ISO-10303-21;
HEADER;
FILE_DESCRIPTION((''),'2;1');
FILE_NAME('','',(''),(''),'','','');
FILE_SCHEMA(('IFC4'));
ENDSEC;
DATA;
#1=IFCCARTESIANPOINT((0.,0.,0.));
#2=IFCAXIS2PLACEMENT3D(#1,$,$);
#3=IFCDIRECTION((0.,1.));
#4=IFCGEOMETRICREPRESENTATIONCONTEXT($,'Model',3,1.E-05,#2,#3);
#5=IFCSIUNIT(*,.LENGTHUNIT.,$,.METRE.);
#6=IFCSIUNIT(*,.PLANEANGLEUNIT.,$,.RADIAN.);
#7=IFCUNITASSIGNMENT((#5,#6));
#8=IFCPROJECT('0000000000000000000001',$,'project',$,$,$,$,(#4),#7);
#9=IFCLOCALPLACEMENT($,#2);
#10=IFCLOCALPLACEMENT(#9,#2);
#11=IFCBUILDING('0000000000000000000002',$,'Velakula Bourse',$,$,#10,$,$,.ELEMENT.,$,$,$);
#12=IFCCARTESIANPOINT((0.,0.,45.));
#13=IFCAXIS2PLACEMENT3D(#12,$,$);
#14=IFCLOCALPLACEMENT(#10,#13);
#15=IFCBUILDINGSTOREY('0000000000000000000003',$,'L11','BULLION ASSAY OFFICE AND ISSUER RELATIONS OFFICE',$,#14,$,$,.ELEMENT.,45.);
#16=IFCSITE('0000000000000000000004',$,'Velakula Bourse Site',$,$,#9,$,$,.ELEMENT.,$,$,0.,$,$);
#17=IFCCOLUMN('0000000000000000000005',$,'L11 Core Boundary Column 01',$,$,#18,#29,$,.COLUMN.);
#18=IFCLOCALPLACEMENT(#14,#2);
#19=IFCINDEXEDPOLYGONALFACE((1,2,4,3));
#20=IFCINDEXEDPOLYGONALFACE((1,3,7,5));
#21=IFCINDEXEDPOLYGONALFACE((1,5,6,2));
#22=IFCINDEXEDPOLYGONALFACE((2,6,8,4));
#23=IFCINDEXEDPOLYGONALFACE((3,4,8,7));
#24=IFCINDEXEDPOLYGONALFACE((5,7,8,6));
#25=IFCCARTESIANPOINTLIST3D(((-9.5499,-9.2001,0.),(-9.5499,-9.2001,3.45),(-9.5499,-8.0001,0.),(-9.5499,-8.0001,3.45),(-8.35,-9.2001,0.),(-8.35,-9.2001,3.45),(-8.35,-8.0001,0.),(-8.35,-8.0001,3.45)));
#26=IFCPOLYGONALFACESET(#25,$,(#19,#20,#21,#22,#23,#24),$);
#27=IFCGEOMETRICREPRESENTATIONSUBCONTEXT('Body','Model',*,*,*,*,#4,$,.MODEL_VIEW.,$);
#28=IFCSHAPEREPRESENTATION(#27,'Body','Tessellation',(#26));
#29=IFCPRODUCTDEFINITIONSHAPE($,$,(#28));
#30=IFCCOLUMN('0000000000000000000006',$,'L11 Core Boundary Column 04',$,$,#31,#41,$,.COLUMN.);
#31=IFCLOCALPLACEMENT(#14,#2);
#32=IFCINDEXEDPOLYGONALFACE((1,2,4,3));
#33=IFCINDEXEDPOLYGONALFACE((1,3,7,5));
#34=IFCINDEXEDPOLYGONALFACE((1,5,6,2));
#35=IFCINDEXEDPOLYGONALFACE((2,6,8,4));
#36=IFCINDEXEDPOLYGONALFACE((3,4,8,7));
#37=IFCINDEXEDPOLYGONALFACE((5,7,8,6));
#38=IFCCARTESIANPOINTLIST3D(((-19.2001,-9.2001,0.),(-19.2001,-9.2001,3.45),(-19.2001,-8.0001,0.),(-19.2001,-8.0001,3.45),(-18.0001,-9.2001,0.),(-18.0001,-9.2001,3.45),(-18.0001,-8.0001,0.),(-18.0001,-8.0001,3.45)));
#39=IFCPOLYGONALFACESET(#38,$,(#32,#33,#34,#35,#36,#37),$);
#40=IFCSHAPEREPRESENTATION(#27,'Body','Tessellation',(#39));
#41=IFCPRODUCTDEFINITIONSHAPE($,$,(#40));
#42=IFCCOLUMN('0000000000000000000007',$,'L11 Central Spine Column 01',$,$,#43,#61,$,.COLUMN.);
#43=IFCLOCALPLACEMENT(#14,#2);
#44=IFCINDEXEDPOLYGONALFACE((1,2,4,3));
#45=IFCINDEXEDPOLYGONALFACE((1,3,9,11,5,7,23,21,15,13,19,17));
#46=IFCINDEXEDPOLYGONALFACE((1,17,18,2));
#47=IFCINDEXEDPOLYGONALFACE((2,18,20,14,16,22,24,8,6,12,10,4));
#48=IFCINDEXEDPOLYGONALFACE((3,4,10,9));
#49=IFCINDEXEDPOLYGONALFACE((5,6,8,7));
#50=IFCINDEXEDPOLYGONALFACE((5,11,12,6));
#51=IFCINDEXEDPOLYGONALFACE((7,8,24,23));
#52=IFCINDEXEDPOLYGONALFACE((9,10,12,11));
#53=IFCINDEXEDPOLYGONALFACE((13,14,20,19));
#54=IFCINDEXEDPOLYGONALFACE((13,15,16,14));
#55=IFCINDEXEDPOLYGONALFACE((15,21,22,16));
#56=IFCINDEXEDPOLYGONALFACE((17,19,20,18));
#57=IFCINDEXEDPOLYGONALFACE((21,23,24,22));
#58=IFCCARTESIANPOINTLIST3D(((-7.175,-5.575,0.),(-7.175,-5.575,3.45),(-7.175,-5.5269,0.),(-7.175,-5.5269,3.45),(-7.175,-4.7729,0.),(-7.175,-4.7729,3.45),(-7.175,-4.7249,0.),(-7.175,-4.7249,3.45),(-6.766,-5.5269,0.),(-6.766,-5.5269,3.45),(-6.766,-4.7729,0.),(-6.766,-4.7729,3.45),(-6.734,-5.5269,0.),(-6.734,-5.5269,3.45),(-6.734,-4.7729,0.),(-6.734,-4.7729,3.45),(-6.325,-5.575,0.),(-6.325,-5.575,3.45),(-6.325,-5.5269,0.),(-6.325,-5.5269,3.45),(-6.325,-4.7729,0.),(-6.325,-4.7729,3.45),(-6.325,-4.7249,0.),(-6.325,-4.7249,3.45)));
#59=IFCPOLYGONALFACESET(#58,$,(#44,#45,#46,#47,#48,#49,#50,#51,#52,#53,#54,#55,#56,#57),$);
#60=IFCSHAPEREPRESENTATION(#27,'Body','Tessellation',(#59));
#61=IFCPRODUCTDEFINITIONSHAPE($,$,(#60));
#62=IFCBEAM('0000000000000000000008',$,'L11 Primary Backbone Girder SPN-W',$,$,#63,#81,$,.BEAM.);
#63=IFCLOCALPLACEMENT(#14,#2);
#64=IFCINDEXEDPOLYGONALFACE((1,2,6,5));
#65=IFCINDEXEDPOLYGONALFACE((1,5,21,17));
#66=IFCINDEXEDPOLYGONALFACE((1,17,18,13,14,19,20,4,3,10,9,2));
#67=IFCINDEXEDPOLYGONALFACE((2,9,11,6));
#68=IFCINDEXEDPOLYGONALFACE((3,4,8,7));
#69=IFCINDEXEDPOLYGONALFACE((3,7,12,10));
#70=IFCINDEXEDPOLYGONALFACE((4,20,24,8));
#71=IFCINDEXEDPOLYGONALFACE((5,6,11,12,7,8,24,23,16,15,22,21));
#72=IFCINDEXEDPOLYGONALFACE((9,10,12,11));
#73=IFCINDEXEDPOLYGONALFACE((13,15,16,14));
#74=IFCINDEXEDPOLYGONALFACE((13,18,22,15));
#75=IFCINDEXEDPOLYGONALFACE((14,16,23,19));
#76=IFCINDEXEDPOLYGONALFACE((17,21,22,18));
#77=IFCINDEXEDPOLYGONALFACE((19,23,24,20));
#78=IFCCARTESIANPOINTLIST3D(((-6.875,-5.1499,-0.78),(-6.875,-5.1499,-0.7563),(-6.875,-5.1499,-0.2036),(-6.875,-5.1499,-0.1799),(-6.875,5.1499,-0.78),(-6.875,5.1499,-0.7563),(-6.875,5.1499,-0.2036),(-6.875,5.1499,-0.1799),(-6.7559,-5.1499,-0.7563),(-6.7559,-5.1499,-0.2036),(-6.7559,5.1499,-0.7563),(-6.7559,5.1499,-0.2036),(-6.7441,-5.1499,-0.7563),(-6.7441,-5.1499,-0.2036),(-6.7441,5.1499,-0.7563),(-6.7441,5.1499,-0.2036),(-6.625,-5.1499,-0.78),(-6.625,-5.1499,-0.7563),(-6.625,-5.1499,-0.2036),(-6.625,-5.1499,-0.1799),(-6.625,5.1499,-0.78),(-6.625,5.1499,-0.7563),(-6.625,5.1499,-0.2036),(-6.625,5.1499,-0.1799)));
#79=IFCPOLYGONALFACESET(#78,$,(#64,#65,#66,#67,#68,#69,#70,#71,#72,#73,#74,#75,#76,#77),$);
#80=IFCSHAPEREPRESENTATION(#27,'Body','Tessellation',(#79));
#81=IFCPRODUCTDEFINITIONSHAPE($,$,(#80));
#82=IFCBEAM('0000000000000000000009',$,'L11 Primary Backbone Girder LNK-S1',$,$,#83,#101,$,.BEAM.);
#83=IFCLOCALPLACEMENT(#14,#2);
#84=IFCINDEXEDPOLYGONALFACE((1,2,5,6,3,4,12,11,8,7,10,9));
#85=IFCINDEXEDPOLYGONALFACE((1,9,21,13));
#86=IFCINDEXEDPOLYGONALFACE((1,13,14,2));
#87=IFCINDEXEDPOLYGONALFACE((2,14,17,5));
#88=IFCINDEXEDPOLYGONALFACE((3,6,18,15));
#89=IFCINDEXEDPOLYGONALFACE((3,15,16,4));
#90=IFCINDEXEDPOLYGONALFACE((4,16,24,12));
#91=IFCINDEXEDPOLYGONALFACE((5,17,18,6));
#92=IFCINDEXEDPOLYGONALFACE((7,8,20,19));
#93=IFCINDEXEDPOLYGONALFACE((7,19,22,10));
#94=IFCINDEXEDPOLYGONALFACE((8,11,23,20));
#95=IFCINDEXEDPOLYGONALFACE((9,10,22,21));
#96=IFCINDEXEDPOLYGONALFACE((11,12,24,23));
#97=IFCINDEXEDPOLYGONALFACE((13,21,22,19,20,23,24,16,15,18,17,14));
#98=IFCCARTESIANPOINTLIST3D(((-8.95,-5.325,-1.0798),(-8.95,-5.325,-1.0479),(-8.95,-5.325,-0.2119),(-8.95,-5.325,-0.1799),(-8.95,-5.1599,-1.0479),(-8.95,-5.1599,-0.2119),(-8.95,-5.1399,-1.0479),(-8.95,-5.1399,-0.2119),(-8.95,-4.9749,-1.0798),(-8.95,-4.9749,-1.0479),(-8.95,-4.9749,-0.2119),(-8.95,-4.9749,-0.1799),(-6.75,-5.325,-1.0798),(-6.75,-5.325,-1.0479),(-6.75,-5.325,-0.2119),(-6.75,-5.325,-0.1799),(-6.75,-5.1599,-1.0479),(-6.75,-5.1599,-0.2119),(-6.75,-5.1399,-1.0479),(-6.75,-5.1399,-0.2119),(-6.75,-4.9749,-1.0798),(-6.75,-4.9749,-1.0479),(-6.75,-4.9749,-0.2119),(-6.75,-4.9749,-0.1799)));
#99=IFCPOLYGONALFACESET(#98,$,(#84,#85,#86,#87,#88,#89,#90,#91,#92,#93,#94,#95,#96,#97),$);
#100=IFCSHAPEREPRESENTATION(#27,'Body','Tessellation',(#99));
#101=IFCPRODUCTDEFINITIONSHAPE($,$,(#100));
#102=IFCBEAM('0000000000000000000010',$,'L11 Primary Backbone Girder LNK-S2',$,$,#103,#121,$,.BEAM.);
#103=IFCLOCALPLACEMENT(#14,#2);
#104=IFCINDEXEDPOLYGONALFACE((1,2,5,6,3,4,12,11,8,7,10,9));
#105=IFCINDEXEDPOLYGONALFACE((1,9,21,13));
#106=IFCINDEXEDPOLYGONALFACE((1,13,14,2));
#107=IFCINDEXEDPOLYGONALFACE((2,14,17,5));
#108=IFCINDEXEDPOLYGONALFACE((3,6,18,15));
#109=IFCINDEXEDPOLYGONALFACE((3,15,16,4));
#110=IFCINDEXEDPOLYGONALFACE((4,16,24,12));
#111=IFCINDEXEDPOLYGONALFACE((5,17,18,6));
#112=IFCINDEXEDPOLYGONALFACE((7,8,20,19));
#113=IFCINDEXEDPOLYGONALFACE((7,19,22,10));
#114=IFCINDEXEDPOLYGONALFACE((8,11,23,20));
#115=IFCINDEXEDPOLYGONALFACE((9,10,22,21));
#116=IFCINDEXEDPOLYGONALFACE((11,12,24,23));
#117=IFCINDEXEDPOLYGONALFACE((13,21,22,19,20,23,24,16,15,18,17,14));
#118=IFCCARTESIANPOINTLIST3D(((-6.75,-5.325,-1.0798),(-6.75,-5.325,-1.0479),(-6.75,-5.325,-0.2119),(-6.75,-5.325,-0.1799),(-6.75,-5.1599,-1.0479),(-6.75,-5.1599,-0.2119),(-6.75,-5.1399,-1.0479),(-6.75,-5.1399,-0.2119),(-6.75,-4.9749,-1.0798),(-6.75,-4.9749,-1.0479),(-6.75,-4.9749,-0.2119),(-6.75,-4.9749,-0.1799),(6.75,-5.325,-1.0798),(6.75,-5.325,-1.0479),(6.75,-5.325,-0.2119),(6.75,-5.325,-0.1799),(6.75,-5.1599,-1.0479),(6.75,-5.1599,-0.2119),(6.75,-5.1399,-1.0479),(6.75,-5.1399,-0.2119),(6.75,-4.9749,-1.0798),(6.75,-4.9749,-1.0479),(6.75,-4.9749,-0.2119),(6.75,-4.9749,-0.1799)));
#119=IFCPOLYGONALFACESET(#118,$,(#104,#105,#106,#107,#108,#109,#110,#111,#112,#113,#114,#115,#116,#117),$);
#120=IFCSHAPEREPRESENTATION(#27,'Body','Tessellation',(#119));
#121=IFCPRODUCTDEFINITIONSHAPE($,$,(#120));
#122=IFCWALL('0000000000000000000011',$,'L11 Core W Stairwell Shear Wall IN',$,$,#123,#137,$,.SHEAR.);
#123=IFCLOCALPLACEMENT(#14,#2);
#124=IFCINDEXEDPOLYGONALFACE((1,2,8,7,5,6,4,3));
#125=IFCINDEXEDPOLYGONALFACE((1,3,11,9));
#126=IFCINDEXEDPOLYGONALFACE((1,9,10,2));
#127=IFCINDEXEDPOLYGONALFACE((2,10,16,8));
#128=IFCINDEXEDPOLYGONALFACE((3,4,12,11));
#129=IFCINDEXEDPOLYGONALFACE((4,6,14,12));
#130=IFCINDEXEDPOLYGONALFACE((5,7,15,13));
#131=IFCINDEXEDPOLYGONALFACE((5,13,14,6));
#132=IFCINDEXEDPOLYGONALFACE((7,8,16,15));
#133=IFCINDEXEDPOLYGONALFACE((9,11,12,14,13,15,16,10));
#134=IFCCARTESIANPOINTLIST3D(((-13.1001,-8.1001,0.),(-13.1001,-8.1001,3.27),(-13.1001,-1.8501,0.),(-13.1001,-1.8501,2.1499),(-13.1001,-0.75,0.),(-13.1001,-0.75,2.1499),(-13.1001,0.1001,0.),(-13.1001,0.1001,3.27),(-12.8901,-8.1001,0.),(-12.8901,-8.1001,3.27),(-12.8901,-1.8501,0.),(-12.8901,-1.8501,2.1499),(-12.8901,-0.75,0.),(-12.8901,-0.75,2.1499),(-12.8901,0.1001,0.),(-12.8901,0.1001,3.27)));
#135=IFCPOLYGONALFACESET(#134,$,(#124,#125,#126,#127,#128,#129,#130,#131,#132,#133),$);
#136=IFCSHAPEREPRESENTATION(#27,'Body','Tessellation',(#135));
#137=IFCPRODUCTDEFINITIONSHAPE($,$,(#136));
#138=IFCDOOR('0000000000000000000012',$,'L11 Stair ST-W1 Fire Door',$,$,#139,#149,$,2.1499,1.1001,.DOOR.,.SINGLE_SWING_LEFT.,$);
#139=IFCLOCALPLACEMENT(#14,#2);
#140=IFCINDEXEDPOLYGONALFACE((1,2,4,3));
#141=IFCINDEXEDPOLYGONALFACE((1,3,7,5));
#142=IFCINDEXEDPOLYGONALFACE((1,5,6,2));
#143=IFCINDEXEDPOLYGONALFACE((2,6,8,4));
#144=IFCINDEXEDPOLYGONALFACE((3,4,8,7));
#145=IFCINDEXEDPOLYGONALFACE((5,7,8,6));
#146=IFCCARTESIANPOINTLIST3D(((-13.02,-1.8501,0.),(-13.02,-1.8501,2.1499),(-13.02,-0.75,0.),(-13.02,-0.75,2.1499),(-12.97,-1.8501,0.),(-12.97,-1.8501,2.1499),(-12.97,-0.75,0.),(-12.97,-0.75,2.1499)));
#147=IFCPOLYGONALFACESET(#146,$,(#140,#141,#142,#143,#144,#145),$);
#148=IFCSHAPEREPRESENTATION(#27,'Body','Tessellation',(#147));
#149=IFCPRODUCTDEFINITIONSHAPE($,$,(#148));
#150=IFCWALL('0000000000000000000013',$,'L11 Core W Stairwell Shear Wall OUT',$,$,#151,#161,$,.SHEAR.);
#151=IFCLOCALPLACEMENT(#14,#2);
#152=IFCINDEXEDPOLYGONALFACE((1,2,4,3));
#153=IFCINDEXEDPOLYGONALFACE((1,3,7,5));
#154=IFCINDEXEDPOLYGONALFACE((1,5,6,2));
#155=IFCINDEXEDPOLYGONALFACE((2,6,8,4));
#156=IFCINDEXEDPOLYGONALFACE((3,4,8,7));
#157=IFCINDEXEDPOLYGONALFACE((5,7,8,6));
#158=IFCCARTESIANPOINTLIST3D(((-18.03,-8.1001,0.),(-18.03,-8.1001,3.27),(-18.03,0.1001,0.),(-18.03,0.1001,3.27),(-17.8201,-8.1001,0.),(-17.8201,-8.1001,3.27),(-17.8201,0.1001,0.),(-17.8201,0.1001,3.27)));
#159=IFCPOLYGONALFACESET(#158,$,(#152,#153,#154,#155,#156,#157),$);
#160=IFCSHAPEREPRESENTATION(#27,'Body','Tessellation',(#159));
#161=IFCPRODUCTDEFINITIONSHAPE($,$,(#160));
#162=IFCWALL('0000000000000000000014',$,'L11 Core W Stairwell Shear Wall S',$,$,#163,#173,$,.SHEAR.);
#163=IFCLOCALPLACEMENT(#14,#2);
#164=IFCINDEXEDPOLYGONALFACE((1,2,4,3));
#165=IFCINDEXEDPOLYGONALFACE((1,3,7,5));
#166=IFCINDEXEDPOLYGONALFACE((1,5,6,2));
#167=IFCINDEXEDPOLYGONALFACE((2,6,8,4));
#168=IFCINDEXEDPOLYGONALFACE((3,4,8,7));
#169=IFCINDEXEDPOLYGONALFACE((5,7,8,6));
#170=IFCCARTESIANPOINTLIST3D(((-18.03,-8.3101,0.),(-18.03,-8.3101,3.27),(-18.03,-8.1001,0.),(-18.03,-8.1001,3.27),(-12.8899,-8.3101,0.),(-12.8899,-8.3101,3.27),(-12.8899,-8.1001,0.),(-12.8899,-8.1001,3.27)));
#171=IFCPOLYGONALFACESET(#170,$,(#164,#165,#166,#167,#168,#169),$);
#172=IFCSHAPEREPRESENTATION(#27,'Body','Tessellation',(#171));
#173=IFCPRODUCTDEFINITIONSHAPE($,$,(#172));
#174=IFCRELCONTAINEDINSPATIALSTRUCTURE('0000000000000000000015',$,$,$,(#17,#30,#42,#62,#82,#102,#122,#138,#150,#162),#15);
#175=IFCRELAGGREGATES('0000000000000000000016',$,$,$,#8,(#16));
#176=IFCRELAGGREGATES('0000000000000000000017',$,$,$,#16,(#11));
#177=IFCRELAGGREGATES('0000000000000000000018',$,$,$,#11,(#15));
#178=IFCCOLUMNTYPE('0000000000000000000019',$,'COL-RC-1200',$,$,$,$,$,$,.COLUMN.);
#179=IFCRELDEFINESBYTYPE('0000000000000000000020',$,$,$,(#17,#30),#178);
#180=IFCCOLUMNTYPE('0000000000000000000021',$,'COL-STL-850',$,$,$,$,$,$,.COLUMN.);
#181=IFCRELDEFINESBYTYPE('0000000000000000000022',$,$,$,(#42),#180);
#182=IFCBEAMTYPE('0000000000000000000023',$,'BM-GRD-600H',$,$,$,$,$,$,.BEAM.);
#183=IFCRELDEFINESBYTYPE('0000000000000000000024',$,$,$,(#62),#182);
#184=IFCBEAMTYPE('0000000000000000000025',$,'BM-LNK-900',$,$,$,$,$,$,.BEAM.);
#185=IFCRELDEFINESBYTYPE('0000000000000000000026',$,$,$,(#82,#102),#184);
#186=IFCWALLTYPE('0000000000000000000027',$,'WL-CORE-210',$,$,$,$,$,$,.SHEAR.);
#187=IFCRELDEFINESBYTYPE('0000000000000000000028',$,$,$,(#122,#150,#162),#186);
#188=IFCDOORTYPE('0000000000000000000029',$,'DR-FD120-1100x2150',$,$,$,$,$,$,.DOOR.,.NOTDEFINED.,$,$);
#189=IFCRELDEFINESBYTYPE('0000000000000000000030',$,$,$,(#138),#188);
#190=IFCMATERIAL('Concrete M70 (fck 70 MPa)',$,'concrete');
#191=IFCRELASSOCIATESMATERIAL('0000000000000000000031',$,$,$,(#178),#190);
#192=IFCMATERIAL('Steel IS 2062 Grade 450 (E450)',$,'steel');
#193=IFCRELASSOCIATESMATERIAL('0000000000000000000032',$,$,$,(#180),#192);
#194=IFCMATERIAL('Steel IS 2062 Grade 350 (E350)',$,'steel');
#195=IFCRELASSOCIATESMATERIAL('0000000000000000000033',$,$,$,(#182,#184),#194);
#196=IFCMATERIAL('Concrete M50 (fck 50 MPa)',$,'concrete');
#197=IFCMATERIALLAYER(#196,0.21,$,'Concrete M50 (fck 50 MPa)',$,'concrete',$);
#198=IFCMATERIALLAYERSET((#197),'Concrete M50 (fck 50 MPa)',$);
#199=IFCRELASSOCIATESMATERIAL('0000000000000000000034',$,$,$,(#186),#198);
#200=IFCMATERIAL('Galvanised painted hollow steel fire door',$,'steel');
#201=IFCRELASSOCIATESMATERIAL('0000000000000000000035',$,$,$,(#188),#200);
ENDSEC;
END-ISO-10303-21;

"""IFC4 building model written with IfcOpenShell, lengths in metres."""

from ifc_helpers import new_model, si_unit, direction, frame, frame_2d, origin, origin_2d, place, context, subcontext, project, spatial, rectangle, i_section, extrude, material, layer, layer_set, material_profile, profile_set, type_object, element, fill, save


model = new_model("IFC4")

# Units and contexts
model_context = context("Model", 3, precision=1e-05, world=origin(), true_north=direction((0.0, 1.0)))
body_context = subcontext(model_context, "Body", "Model", "MODEL_VIEW")
ifc_project = project(units=[si_unit("LENGTHUNIT", "METRE"), si_unit("PLANEANGLEUNIT", "RADIAN")], contexts=[model_context])

# Site, building, storey
site_placement = place(None, origin())
site = spatial("IfcSite", under=ifc_project, at=site_placement, Name="Velakula Bourse Site", CompositionType="ELEMENT", RefElevation=0.0)
building_placement = place(site_placement, origin())
building = spatial("IfcBuilding", under=site, at=building_placement, Name="Velakula Bourse", CompositionType="ELEMENT")
storey_placement = place(building_placement, frame((0.0, 0.0, 45.0)))
storey = spatial("IfcBuildingStorey", under=building, at=storey_placement, Name="L11", Description="BULLION ASSAY OFFICE AND ISSUER RELATIONS OFFICE", CompositionType="ELEMENT", Elevation=45.0)

# Columns
ifc_material_1 = material(Name="Concrete M70 (fck 70 MPa)", Category="concrete")
ifc_material_profile_1 = material_profile(ifc_material_1, rectangle(XDim=1.2, YDim=1.2, at=origin_2d()), Name="Concrete M70 (fck 70 MPa)")
ifc_profile_set_1 = profile_set([ifc_material_profile_1], Name="Concrete M70 (fck 70 MPa)")
column_type_1 = type_object("IfcColumnType", Name="COL-RC-1200", PredefinedType="COLUMN", material=ifc_profile_set_1)
for number, where, z_axis, x_axis, name in (
    (1, (-8.95, -8.6001, 0.0), (0.0, 0.0, 1.0), (1.0, 0.0, 0.0), "L11 Core Boundary Column 01"),
    (2, (-18.6001, -8.6001, 0.0), (0.0, 0.0, 1.0), (1.0, 0.0, 0.0), "L11 Core Boundary Column 04"),
):
    element("IfcColumn", number, at=place(storey_placement, frame(where, z_axis=z_axis, x_axis=x_axis)), inside=storey, type_object=column_type_1, Name=name, PredefinedType="COLUMN", context=body_context, shape_type="SweptSolid", body=[
        extrude(rectangle(XDim=1.2, YDim=1.2, at=origin_2d()), origin(), (0.0, 0.0, 1.0), 3.45),
    ])
ifc_material_2 = material(Name="Steel IS 2062 Grade 450 (E450)", Category="steel")
ifc_material_profile_2 = material_profile(ifc_material_2, i_section(OverallWidth=0.8501, OverallDepth=0.8501, WebThickness=0.032, FlangeThickness=0.0481, at=origin_2d()), Name="Steel IS 2062 Grade 450 (E450)")
ifc_profile_set_2 = profile_set([ifc_material_profile_2], Name="Steel IS 2062 Grade 450 (E450)")
column_type_2 = type_object("IfcColumnType", Name="COL-STL-850", PredefinedType="COLUMN", material=ifc_profile_set_2)
column_placement = place(storey_placement, frame((-6.75, -5.1499, 0.0), z_axis=(0.0, 0.0, 1.0), x_axis=(1.0, 0.0, 0.0)))
element("IfcColumn", 3, at=column_placement, inside=storey, type_object=column_type_2, Name="L11 Central Spine Column 01", PredefinedType="COLUMN", context=body_context, shape_type="SweptSolid", body=[
    extrude(i_section(OverallWidth=0.8501, OverallDepth=0.8501, WebThickness=0.032, FlangeThickness=0.0481, at=origin_2d()), origin(), (0.0, 0.0, 1.0), 3.45),
])

# Beams
ifc_material_3 = material(Name="Steel IS 2062 Grade 350 (E350)", Category="steel")
ifc_material_profile_3 = material_profile(ifc_material_3, i_section(OverallWidth=0.25, OverallDepth=0.6001, WebThickness=0.0117, FlangeThickness=0.0237, at=origin_2d()), Name="Steel IS 2062 Grade 350 (E350)")
ifc_profile_set_3 = profile_set([ifc_material_profile_3], Name="Steel IS 2062 Grade 350 (E350)")
beam_type_1 = type_object("IfcBeamType", Name="BM-GRD-600H", PredefinedType="BEAM", material=ifc_profile_set_3)
beam_1_placement = place(storey_placement, frame((-6.75, -5.1499, -0.48), z_axis=(0.0, 1.0, 0.0), x_axis=(-1.0, 0.0, 0.0)))
element("IfcBeam", 4, at=beam_1_placement, inside=storey, type_object=beam_type_1, Name="L11 Primary Backbone Girder SPN-W", PredefinedType="BEAM", context=body_context, shape_type="SweptSolid", body=[
    extrude(i_section(OverallWidth=0.25, OverallDepth=0.6001, WebThickness=0.0117, FlangeThickness=0.0237, at=origin_2d()), origin(), (0.0, 0.0, 1.0), 10.2998),
])
ifc_material_profile_4 = material_profile(ifc_material_3, i_section(OverallWidth=0.3501, OverallDepth=0.8999, WebThickness=0.02, FlangeThickness=0.032, at=origin_2d()), Name="Steel IS 2062 Grade 350 (E350)")
ifc_profile_set_4 = profile_set([ifc_material_profile_4], Name="Steel IS 2062 Grade 350 (E350)")
beam_type_2 = type_object("IfcBeamType", Name="BM-LNK-900", PredefinedType="BEAM", material=ifc_profile_set_4)
beam_2_placement = place(storey_placement, frame((-8.95, -5.1499, -0.6299), z_axis=(1.0, 0.0, 0.0), x_axis=(0.0, 1.0, 0.0)))
element("IfcBeam", 5, at=beam_2_placement, inside=storey, type_object=beam_type_2, Name="L11 Primary Backbone Girder LNK-S1", PredefinedType="BEAM", context=body_context, shape_type="SweptSolid", body=[
    extrude(i_section(OverallWidth=0.3501, OverallDepth=0.8999, WebThickness=0.02, FlangeThickness=0.032, at=origin_2d()), origin(), (0.0, 0.0, 1.0), 2.2),
])
beam_3_placement = place(storey_placement, frame((-6.75, -5.1499, -0.6299), z_axis=(1.0, 0.0, 0.0), x_axis=(0.0, 1.0, 0.0)))
element("IfcBeam", 6, at=beam_3_placement, inside=storey, type_object=beam_type_2, Name="L11 Primary Backbone Girder LNK-S2", PredefinedType="BEAM", context=body_context, shape_type="SweptSolid", body=[
    extrude(i_section(OverallWidth=0.3501, OverallDepth=0.8999, WebThickness=0.02, FlangeThickness=0.032, at=origin_2d()), origin(), (0.0, 0.0, 1.0), 13.5),
])

# Wall, opening, door
ifc_material_4 = material(Name="Concrete M50 (fck 50 MPa)", Category="concrete")
ifc_layer_1 = layer(ifc_material_4, 0.21, Name="Concrete M50 (fck 50 MPa)", Category="concrete")
ifc_layer_set_1 = layer_set([ifc_layer_1], Name="Concrete M50 (fck 50 MPa)")
wall_type_1 = type_object("IfcWallType", Name="WL-CORE-210", PredefinedType="SHEAR", material=ifc_layer_set_1)
wall_1_placement = place(storey_placement, frame((-12.9951, -8.1001, 0.0), z_axis=(0.0, 0.0, 1.0), x_axis=(0.0, 1.0, 0.0)))
wall_1 = element("IfcWall", 7, at=wall_1_placement, inside=storey, type_object=wall_type_1, Name="L11 Core W Stairwell Shear Wall IN", PredefinedType="SHEAR", context=body_context, shape_type="SweptSolid", body=[
    extrude(rectangle(XDim=8.2002, YDim=0.21, at=frame_2d((4.1001, 0.0))), origin(), (0.0, 0.0, 1.0), 3.27),
])
opening_1_placement = place(wall_1_placement, frame((6.25, 0.0, 0.0)))
opening_1 = element("IfcOpeningElement", 8, at=opening_1_placement, cuts=wall_1, PredefinedType="OPENING", context=body_context, shape_type="SweptSolid", body=[
    extrude(rectangle(XDim=1.1001, YDim=2.1499, at=frame_2d((0.55, 1.075))), frame((0.0, 0.115, 0.0), z_axis=(0.0, -1.0, 0.0), x_axis=(1.0, 0.0, 0.0)), (0.0, 0.0, 1.0), 0.23),
])
ifc_material_5 = material(Name="Galvanised painted hollow steel fire door", Category="steel")
door_type_1 = type_object("IfcDoorType", Name="DR-FD120-1100x2150", OperationType="NOTDEFINED", PredefinedType="DOOR", material=ifc_material_5)
door_1_placement = place(opening_1_placement, origin())
door_1 = element("IfcDoor", 9, at=door_1_placement, inside=storey, type_object=door_type_1, Name="L11 Stair ST-W1 Fire Door", OperationType="SINGLE_SWING_LEFT", OverallHeight=2.1499, OverallWidth=1.1001, PredefinedType="DOOR", context=body_context, shape_type="SweptSolid", body=[
    extrude(rectangle(XDim=1.1001, YDim=2.1499, at=frame_2d((0.55, 1.075))), frame((0.0, 0.0249, 0.0), z_axis=(0.0, -1.0, 0.0), x_axis=(1.0, 0.0, 0.0)), (0.0, 0.0, 1.0), 0.05),
])
fill(opening_1, door_1)

# Walls
wall_2_placement = place(storey_placement, frame((-17.925, -8.1001, 0.0), z_axis=(0.0, 0.0, 1.0), x_axis=(0.0, 1.0, 0.0)))
element("IfcWall", 10, at=wall_2_placement, inside=storey, type_object=wall_type_1, Name="L11 Core W Stairwell Shear Wall OUT", PredefinedType="SHEAR", context=body_context, shape_type="SweptSolid", body=[
    extrude(rectangle(XDim=8.2002, YDim=0.21, at=frame_2d((4.1001, 0.0))), origin(), (0.0, 0.0, 1.0), 3.27),
])
wall_3_placement = place(storey_placement, frame((-18.03, -8.2051, 0.0), z_axis=(0.0, 0.0, 1.0), x_axis=(1.0, 0.0, 0.0)))
element("IfcWall", 11, at=wall_3_placement, inside=storey, type_object=wall_type_1, Name="L11 Core W Stairwell Shear Wall S", PredefinedType="SHEAR", context=body_context, shape_type="SweptSolid", body=[
    extrude(rectangle(XDim=5.1401, YDim=0.21, at=frame_2d((2.5701, 0.0))), origin(), (0.0, 0.0, 1.0), 3.27),
])

save(model, "model.ifc")
